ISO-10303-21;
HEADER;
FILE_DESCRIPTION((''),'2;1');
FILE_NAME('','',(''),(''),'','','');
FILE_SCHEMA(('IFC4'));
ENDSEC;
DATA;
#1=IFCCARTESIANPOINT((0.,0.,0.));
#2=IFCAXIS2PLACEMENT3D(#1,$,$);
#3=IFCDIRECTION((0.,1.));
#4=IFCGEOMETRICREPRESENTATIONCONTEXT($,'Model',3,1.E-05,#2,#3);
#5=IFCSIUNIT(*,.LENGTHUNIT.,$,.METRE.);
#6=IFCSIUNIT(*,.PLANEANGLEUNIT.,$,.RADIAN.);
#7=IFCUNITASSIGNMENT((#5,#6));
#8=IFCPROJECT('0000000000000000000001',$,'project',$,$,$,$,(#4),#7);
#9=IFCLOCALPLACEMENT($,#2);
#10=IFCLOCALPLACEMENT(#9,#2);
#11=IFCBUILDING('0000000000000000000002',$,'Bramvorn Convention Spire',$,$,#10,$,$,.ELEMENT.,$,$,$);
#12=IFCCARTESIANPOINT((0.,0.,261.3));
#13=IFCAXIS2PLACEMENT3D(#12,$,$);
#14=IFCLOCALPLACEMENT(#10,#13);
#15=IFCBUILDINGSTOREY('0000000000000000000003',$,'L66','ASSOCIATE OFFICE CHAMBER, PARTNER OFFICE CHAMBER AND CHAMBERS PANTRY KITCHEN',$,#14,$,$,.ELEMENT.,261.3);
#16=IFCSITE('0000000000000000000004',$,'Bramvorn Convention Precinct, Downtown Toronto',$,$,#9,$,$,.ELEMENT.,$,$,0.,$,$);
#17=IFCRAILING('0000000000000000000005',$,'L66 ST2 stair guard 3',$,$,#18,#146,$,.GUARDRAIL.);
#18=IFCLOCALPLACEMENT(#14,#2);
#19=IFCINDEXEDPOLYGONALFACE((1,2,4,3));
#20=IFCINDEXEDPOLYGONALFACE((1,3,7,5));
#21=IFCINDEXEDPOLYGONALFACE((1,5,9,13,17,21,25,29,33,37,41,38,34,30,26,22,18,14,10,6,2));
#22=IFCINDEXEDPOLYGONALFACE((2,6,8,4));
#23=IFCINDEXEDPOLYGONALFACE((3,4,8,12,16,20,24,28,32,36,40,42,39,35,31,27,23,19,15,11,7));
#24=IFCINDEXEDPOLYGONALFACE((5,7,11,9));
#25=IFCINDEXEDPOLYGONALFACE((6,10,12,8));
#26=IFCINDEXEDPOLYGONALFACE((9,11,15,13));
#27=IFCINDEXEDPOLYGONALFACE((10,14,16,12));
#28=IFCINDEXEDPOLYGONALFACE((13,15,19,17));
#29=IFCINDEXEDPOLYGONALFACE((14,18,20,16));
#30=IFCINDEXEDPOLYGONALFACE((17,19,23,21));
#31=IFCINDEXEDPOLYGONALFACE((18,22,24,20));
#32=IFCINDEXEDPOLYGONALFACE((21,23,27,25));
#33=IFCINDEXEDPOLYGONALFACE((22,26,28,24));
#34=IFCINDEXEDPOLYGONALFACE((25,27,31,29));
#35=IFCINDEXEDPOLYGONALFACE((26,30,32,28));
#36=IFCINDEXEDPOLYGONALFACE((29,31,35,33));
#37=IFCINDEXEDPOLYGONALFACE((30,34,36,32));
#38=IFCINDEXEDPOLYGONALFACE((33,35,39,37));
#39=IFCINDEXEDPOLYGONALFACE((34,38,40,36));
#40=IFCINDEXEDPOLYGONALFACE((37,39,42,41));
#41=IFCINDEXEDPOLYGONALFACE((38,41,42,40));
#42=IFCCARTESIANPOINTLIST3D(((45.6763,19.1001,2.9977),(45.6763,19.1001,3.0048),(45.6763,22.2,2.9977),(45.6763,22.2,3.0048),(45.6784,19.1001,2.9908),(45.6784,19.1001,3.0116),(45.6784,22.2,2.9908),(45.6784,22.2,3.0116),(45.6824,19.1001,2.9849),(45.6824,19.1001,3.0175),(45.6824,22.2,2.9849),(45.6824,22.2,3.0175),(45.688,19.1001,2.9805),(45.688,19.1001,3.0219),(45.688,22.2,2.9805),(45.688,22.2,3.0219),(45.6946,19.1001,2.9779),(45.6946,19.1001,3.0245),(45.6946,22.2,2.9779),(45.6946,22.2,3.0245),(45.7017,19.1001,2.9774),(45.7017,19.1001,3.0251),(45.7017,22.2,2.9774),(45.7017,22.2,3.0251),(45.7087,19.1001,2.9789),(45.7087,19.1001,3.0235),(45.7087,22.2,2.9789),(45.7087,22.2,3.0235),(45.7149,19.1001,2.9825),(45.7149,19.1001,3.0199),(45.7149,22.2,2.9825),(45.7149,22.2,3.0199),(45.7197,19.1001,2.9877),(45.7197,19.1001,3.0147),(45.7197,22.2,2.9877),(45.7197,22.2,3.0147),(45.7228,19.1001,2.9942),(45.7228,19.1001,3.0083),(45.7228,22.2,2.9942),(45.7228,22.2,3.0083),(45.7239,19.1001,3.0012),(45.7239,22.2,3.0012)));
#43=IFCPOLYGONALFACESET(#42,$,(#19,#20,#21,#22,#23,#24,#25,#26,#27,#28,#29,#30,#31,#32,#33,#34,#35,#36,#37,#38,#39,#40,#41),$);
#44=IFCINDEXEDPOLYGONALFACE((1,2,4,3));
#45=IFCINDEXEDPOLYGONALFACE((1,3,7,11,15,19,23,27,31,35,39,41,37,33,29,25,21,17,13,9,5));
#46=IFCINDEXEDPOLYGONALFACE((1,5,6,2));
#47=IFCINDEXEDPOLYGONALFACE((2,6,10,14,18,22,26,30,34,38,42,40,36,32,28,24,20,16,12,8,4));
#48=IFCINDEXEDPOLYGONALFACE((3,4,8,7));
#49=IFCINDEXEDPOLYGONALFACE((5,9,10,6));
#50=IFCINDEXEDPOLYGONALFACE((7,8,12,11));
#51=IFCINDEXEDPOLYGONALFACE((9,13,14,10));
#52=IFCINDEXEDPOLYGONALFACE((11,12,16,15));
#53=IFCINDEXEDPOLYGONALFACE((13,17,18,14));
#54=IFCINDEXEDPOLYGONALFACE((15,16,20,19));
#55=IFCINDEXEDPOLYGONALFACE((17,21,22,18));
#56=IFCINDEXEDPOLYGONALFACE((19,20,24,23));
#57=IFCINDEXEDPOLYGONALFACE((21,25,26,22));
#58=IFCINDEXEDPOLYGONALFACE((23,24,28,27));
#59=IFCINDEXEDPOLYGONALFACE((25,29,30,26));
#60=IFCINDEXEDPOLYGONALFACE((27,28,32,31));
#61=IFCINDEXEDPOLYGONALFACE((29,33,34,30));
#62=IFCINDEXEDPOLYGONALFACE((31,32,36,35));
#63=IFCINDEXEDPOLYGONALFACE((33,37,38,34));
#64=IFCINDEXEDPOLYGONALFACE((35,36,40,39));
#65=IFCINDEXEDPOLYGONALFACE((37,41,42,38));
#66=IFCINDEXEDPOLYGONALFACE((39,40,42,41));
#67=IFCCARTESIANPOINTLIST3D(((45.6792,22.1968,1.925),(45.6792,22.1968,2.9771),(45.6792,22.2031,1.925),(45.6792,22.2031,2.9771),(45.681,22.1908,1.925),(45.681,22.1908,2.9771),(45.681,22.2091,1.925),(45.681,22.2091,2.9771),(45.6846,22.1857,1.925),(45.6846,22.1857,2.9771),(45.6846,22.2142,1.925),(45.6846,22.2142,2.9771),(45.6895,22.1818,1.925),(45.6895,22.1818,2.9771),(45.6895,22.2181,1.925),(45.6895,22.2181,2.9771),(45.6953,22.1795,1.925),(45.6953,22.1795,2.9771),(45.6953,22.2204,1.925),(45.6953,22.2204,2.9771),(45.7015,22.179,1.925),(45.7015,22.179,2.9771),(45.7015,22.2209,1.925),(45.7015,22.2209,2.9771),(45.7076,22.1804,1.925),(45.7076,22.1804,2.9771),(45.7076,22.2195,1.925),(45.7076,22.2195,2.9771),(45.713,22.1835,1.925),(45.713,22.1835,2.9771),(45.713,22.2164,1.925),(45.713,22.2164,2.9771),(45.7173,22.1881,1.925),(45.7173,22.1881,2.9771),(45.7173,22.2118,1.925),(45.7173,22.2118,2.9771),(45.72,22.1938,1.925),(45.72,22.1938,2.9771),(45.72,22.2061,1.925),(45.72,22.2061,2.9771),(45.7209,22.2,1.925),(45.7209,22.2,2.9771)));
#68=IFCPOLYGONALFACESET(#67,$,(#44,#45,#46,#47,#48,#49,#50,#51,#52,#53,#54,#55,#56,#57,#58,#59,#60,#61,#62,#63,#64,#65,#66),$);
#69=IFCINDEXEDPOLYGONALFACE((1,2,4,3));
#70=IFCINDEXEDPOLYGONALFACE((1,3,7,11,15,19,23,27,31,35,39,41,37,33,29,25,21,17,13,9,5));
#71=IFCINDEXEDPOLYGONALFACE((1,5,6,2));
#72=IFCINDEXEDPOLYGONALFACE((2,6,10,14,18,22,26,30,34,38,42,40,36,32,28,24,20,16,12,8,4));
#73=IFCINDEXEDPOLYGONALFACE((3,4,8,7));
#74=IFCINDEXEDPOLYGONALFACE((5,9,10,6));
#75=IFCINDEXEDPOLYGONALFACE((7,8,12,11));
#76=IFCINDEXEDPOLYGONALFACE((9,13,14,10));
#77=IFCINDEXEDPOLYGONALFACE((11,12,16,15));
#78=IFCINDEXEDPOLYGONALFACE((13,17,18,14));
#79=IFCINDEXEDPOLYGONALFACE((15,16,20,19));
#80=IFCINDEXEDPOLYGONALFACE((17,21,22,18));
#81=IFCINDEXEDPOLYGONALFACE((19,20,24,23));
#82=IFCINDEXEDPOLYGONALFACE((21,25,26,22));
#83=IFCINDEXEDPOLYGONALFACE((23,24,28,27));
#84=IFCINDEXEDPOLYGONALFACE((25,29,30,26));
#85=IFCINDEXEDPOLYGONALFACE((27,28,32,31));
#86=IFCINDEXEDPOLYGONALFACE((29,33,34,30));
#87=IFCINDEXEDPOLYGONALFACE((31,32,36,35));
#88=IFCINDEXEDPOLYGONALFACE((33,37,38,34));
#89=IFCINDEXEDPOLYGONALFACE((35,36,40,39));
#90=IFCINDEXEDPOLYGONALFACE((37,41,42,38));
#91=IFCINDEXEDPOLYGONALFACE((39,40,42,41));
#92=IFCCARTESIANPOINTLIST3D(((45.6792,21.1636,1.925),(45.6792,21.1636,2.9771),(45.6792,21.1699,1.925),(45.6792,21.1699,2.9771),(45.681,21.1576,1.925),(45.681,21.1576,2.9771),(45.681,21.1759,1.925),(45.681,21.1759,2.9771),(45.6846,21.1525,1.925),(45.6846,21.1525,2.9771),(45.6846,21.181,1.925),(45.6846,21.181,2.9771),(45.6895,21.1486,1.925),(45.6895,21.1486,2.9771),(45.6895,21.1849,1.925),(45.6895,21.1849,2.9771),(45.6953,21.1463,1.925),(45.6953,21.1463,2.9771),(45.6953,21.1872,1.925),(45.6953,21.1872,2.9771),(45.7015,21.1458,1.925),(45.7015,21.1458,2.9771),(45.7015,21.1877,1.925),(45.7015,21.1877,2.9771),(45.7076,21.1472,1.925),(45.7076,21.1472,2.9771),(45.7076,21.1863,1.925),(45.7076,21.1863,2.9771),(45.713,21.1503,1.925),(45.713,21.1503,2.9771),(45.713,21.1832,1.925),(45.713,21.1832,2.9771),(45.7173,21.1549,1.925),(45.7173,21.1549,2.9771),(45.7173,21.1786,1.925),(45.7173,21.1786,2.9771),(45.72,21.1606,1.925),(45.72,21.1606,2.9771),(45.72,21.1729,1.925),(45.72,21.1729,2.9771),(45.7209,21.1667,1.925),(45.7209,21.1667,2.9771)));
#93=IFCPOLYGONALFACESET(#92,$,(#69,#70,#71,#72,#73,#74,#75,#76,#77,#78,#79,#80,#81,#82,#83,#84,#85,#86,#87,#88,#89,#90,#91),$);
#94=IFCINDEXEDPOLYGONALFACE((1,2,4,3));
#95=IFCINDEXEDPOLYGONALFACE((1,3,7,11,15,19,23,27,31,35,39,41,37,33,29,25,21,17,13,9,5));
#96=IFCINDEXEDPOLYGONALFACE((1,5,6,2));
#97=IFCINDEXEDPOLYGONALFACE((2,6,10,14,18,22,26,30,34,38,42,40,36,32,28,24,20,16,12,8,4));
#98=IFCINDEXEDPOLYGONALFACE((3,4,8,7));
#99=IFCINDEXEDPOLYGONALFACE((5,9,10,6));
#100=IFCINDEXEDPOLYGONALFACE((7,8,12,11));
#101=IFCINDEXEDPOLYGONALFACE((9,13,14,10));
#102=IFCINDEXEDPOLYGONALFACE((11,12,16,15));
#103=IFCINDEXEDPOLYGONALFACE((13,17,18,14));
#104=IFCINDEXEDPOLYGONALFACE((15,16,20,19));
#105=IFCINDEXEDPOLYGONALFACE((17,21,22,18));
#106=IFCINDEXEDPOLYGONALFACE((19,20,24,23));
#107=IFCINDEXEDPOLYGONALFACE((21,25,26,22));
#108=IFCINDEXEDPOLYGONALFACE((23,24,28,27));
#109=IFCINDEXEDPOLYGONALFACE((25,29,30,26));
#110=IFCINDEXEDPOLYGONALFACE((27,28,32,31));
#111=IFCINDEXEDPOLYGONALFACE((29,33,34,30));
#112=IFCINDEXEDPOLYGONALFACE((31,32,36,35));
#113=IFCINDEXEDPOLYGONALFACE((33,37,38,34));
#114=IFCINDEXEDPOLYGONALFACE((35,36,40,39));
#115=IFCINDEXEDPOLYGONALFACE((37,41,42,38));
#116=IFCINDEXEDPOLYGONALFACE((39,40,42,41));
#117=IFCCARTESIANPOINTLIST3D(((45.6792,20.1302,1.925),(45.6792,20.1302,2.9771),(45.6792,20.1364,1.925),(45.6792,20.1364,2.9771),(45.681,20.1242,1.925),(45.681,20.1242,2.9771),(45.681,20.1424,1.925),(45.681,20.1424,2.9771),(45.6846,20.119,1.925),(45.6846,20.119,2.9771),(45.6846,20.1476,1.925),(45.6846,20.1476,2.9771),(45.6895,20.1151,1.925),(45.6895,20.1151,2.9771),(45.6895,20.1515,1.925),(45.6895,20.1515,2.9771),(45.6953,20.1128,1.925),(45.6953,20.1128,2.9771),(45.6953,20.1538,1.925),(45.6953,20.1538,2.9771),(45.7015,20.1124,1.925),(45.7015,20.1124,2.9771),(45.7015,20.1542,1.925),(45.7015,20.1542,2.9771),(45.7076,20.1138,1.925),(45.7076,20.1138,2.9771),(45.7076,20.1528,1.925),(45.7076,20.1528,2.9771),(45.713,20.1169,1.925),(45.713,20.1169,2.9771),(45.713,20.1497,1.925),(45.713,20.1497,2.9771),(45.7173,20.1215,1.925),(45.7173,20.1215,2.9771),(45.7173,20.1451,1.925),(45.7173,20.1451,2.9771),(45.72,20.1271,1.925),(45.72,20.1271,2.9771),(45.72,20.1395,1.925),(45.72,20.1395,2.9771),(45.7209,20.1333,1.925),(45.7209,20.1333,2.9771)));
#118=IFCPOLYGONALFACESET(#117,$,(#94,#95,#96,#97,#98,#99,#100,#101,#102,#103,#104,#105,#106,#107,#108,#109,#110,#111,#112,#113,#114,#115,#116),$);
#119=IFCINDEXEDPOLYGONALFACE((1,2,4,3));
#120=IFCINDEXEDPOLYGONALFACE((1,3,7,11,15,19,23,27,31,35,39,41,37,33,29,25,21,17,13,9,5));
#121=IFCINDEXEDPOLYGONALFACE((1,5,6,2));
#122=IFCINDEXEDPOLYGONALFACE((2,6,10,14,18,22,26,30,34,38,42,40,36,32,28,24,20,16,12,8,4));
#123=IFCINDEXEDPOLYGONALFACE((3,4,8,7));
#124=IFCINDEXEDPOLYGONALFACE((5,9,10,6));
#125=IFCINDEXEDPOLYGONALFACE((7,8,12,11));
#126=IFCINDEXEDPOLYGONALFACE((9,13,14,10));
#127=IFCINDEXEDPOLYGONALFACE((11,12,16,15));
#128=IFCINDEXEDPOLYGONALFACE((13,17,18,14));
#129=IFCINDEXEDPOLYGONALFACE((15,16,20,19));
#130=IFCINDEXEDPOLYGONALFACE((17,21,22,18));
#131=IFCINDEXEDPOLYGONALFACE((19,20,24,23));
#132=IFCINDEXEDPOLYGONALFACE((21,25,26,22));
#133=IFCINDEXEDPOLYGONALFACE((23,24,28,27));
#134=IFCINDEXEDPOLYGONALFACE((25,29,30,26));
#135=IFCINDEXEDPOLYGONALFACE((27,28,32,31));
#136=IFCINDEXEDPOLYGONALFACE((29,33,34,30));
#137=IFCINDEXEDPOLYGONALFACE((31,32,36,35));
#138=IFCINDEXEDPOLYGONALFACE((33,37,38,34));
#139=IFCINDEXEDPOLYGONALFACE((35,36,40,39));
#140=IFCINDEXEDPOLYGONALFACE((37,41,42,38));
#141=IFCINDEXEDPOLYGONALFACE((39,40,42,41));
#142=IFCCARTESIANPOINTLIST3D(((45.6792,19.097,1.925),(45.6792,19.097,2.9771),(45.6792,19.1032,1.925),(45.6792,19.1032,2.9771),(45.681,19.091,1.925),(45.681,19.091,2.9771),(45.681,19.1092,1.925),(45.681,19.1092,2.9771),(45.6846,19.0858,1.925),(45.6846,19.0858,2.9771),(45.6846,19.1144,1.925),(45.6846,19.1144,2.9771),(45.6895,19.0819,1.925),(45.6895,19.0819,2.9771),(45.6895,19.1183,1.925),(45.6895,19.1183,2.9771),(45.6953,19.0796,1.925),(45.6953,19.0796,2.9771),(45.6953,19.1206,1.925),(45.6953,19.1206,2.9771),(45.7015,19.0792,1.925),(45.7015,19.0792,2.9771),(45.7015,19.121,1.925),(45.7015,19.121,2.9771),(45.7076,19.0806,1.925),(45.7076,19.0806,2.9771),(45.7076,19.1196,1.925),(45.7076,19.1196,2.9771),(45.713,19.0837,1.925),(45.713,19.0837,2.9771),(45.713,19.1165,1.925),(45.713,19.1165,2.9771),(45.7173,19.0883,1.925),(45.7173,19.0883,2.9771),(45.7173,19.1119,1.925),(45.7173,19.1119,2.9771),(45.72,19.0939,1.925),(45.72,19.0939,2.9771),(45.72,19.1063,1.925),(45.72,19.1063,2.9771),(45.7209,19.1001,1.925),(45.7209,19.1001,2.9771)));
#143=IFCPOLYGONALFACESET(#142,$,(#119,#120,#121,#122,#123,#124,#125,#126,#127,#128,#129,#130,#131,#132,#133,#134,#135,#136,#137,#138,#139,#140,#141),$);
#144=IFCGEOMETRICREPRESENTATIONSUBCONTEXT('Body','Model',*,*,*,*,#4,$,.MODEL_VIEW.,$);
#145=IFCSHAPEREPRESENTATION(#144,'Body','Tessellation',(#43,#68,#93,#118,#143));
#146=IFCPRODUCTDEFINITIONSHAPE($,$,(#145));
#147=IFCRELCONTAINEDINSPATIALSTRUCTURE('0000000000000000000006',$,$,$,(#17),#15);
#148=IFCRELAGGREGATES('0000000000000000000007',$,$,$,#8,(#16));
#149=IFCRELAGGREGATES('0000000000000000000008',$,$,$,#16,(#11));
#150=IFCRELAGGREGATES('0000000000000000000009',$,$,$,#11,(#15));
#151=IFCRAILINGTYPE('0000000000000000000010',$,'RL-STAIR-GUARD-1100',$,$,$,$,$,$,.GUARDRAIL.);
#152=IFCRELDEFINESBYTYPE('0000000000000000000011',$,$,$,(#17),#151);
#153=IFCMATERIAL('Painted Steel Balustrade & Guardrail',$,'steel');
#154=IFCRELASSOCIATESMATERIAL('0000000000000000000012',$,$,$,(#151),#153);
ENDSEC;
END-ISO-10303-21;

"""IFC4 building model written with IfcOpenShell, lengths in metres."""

from ifc_helpers import new_model, si_unit, direction, frame, origin, origin_2d, place, context, subcontext, project, spatial, circle, extrude, material, type_object, element, save


model = new_model("IFC4")

# Units and contexts
model_context = context("Model", 3, precision=1e-05, world=origin(), true_north=direction((0.0, 1.0)))
body_context = subcontext(model_context, "Body", "Model", "MODEL_VIEW")
ifc_project = project(units=[si_unit("LENGTHUNIT", "METRE"), si_unit("PLANEANGLEUNIT", "RADIAN")], contexts=[model_context])

# Site, building, storey
site_placement = place(None, origin())
site = spatial("IfcSite", under=ifc_project, at=site_placement, Name="Bramvorn Convention Precinct, Downtown Toronto", CompositionType="ELEMENT", RefElevation=0.0)
building_placement = place(site_placement, origin())
building = spatial("IfcBuilding", under=site, at=building_placement, Name="Bramvorn Convention Spire", CompositionType="ELEMENT")
storey_placement = place(building_placement, frame((0.0, 0.0, 261.3)))
storey = spatial("IfcBuildingStorey", under=building, at=storey_placement, Name="L66", Description="ASSOCIATE OFFICE CHAMBER, PARTNER OFFICE CHAMBER AND CHAMBERS PANTRY KITCHEN", CompositionType="ELEMENT", Elevation=261.3)

# Railing
ifc_material_1 = material(Name="Painted Steel Balustrade & Guardrail", Category="steel")
railing_type_1 = type_object("IfcRailingType", Name="RL-STAIR-GUARD-1100", PredefinedType="GUARDRAIL", material=ifc_material_1)
railing_1_placement = place(storey_placement, frame((45.7, 22.2, 1.925)))
element("IfcRailing", 1, at=railing_1_placement, inside=storey, type_object=railing_type_1, Name="L66 ST2 stair guard 3", PredefinedType="GUARDRAIL", context=body_context, shape_type="SweptSolid", body=[
    extrude(circle(Radius=0.0239, at=origin_2d()), frame((0.0, 0.0, 1.0762), z_axis=(0.0, -1.0, 0.0), x_axis=(1.0, 0.0, 0.0)), (0.0, 0.0, 1.0), 3.0999),
    extrude(circle(Radius=0.021, at=origin_2d()), origin(), (0.0, 0.0, 1.0), 1.052),
    extrude(circle(Radius=0.021, at=origin_2d()), frame((0.0, -1.0332, 0.0)), (0.0, 0.0, 1.0), 1.052),
    extrude(circle(Radius=0.021, at=origin_2d()), frame((0.0, -2.0667, 0.0)), (0.0, 0.0, 1.0), 1.052),
    extrude(circle(Radius=0.021, at=origin_2d()), frame((0.0, -3.0999, 0.0)), (0.0, 0.0, 1.0), 1.052),
])

save(model, "model.ifc")
